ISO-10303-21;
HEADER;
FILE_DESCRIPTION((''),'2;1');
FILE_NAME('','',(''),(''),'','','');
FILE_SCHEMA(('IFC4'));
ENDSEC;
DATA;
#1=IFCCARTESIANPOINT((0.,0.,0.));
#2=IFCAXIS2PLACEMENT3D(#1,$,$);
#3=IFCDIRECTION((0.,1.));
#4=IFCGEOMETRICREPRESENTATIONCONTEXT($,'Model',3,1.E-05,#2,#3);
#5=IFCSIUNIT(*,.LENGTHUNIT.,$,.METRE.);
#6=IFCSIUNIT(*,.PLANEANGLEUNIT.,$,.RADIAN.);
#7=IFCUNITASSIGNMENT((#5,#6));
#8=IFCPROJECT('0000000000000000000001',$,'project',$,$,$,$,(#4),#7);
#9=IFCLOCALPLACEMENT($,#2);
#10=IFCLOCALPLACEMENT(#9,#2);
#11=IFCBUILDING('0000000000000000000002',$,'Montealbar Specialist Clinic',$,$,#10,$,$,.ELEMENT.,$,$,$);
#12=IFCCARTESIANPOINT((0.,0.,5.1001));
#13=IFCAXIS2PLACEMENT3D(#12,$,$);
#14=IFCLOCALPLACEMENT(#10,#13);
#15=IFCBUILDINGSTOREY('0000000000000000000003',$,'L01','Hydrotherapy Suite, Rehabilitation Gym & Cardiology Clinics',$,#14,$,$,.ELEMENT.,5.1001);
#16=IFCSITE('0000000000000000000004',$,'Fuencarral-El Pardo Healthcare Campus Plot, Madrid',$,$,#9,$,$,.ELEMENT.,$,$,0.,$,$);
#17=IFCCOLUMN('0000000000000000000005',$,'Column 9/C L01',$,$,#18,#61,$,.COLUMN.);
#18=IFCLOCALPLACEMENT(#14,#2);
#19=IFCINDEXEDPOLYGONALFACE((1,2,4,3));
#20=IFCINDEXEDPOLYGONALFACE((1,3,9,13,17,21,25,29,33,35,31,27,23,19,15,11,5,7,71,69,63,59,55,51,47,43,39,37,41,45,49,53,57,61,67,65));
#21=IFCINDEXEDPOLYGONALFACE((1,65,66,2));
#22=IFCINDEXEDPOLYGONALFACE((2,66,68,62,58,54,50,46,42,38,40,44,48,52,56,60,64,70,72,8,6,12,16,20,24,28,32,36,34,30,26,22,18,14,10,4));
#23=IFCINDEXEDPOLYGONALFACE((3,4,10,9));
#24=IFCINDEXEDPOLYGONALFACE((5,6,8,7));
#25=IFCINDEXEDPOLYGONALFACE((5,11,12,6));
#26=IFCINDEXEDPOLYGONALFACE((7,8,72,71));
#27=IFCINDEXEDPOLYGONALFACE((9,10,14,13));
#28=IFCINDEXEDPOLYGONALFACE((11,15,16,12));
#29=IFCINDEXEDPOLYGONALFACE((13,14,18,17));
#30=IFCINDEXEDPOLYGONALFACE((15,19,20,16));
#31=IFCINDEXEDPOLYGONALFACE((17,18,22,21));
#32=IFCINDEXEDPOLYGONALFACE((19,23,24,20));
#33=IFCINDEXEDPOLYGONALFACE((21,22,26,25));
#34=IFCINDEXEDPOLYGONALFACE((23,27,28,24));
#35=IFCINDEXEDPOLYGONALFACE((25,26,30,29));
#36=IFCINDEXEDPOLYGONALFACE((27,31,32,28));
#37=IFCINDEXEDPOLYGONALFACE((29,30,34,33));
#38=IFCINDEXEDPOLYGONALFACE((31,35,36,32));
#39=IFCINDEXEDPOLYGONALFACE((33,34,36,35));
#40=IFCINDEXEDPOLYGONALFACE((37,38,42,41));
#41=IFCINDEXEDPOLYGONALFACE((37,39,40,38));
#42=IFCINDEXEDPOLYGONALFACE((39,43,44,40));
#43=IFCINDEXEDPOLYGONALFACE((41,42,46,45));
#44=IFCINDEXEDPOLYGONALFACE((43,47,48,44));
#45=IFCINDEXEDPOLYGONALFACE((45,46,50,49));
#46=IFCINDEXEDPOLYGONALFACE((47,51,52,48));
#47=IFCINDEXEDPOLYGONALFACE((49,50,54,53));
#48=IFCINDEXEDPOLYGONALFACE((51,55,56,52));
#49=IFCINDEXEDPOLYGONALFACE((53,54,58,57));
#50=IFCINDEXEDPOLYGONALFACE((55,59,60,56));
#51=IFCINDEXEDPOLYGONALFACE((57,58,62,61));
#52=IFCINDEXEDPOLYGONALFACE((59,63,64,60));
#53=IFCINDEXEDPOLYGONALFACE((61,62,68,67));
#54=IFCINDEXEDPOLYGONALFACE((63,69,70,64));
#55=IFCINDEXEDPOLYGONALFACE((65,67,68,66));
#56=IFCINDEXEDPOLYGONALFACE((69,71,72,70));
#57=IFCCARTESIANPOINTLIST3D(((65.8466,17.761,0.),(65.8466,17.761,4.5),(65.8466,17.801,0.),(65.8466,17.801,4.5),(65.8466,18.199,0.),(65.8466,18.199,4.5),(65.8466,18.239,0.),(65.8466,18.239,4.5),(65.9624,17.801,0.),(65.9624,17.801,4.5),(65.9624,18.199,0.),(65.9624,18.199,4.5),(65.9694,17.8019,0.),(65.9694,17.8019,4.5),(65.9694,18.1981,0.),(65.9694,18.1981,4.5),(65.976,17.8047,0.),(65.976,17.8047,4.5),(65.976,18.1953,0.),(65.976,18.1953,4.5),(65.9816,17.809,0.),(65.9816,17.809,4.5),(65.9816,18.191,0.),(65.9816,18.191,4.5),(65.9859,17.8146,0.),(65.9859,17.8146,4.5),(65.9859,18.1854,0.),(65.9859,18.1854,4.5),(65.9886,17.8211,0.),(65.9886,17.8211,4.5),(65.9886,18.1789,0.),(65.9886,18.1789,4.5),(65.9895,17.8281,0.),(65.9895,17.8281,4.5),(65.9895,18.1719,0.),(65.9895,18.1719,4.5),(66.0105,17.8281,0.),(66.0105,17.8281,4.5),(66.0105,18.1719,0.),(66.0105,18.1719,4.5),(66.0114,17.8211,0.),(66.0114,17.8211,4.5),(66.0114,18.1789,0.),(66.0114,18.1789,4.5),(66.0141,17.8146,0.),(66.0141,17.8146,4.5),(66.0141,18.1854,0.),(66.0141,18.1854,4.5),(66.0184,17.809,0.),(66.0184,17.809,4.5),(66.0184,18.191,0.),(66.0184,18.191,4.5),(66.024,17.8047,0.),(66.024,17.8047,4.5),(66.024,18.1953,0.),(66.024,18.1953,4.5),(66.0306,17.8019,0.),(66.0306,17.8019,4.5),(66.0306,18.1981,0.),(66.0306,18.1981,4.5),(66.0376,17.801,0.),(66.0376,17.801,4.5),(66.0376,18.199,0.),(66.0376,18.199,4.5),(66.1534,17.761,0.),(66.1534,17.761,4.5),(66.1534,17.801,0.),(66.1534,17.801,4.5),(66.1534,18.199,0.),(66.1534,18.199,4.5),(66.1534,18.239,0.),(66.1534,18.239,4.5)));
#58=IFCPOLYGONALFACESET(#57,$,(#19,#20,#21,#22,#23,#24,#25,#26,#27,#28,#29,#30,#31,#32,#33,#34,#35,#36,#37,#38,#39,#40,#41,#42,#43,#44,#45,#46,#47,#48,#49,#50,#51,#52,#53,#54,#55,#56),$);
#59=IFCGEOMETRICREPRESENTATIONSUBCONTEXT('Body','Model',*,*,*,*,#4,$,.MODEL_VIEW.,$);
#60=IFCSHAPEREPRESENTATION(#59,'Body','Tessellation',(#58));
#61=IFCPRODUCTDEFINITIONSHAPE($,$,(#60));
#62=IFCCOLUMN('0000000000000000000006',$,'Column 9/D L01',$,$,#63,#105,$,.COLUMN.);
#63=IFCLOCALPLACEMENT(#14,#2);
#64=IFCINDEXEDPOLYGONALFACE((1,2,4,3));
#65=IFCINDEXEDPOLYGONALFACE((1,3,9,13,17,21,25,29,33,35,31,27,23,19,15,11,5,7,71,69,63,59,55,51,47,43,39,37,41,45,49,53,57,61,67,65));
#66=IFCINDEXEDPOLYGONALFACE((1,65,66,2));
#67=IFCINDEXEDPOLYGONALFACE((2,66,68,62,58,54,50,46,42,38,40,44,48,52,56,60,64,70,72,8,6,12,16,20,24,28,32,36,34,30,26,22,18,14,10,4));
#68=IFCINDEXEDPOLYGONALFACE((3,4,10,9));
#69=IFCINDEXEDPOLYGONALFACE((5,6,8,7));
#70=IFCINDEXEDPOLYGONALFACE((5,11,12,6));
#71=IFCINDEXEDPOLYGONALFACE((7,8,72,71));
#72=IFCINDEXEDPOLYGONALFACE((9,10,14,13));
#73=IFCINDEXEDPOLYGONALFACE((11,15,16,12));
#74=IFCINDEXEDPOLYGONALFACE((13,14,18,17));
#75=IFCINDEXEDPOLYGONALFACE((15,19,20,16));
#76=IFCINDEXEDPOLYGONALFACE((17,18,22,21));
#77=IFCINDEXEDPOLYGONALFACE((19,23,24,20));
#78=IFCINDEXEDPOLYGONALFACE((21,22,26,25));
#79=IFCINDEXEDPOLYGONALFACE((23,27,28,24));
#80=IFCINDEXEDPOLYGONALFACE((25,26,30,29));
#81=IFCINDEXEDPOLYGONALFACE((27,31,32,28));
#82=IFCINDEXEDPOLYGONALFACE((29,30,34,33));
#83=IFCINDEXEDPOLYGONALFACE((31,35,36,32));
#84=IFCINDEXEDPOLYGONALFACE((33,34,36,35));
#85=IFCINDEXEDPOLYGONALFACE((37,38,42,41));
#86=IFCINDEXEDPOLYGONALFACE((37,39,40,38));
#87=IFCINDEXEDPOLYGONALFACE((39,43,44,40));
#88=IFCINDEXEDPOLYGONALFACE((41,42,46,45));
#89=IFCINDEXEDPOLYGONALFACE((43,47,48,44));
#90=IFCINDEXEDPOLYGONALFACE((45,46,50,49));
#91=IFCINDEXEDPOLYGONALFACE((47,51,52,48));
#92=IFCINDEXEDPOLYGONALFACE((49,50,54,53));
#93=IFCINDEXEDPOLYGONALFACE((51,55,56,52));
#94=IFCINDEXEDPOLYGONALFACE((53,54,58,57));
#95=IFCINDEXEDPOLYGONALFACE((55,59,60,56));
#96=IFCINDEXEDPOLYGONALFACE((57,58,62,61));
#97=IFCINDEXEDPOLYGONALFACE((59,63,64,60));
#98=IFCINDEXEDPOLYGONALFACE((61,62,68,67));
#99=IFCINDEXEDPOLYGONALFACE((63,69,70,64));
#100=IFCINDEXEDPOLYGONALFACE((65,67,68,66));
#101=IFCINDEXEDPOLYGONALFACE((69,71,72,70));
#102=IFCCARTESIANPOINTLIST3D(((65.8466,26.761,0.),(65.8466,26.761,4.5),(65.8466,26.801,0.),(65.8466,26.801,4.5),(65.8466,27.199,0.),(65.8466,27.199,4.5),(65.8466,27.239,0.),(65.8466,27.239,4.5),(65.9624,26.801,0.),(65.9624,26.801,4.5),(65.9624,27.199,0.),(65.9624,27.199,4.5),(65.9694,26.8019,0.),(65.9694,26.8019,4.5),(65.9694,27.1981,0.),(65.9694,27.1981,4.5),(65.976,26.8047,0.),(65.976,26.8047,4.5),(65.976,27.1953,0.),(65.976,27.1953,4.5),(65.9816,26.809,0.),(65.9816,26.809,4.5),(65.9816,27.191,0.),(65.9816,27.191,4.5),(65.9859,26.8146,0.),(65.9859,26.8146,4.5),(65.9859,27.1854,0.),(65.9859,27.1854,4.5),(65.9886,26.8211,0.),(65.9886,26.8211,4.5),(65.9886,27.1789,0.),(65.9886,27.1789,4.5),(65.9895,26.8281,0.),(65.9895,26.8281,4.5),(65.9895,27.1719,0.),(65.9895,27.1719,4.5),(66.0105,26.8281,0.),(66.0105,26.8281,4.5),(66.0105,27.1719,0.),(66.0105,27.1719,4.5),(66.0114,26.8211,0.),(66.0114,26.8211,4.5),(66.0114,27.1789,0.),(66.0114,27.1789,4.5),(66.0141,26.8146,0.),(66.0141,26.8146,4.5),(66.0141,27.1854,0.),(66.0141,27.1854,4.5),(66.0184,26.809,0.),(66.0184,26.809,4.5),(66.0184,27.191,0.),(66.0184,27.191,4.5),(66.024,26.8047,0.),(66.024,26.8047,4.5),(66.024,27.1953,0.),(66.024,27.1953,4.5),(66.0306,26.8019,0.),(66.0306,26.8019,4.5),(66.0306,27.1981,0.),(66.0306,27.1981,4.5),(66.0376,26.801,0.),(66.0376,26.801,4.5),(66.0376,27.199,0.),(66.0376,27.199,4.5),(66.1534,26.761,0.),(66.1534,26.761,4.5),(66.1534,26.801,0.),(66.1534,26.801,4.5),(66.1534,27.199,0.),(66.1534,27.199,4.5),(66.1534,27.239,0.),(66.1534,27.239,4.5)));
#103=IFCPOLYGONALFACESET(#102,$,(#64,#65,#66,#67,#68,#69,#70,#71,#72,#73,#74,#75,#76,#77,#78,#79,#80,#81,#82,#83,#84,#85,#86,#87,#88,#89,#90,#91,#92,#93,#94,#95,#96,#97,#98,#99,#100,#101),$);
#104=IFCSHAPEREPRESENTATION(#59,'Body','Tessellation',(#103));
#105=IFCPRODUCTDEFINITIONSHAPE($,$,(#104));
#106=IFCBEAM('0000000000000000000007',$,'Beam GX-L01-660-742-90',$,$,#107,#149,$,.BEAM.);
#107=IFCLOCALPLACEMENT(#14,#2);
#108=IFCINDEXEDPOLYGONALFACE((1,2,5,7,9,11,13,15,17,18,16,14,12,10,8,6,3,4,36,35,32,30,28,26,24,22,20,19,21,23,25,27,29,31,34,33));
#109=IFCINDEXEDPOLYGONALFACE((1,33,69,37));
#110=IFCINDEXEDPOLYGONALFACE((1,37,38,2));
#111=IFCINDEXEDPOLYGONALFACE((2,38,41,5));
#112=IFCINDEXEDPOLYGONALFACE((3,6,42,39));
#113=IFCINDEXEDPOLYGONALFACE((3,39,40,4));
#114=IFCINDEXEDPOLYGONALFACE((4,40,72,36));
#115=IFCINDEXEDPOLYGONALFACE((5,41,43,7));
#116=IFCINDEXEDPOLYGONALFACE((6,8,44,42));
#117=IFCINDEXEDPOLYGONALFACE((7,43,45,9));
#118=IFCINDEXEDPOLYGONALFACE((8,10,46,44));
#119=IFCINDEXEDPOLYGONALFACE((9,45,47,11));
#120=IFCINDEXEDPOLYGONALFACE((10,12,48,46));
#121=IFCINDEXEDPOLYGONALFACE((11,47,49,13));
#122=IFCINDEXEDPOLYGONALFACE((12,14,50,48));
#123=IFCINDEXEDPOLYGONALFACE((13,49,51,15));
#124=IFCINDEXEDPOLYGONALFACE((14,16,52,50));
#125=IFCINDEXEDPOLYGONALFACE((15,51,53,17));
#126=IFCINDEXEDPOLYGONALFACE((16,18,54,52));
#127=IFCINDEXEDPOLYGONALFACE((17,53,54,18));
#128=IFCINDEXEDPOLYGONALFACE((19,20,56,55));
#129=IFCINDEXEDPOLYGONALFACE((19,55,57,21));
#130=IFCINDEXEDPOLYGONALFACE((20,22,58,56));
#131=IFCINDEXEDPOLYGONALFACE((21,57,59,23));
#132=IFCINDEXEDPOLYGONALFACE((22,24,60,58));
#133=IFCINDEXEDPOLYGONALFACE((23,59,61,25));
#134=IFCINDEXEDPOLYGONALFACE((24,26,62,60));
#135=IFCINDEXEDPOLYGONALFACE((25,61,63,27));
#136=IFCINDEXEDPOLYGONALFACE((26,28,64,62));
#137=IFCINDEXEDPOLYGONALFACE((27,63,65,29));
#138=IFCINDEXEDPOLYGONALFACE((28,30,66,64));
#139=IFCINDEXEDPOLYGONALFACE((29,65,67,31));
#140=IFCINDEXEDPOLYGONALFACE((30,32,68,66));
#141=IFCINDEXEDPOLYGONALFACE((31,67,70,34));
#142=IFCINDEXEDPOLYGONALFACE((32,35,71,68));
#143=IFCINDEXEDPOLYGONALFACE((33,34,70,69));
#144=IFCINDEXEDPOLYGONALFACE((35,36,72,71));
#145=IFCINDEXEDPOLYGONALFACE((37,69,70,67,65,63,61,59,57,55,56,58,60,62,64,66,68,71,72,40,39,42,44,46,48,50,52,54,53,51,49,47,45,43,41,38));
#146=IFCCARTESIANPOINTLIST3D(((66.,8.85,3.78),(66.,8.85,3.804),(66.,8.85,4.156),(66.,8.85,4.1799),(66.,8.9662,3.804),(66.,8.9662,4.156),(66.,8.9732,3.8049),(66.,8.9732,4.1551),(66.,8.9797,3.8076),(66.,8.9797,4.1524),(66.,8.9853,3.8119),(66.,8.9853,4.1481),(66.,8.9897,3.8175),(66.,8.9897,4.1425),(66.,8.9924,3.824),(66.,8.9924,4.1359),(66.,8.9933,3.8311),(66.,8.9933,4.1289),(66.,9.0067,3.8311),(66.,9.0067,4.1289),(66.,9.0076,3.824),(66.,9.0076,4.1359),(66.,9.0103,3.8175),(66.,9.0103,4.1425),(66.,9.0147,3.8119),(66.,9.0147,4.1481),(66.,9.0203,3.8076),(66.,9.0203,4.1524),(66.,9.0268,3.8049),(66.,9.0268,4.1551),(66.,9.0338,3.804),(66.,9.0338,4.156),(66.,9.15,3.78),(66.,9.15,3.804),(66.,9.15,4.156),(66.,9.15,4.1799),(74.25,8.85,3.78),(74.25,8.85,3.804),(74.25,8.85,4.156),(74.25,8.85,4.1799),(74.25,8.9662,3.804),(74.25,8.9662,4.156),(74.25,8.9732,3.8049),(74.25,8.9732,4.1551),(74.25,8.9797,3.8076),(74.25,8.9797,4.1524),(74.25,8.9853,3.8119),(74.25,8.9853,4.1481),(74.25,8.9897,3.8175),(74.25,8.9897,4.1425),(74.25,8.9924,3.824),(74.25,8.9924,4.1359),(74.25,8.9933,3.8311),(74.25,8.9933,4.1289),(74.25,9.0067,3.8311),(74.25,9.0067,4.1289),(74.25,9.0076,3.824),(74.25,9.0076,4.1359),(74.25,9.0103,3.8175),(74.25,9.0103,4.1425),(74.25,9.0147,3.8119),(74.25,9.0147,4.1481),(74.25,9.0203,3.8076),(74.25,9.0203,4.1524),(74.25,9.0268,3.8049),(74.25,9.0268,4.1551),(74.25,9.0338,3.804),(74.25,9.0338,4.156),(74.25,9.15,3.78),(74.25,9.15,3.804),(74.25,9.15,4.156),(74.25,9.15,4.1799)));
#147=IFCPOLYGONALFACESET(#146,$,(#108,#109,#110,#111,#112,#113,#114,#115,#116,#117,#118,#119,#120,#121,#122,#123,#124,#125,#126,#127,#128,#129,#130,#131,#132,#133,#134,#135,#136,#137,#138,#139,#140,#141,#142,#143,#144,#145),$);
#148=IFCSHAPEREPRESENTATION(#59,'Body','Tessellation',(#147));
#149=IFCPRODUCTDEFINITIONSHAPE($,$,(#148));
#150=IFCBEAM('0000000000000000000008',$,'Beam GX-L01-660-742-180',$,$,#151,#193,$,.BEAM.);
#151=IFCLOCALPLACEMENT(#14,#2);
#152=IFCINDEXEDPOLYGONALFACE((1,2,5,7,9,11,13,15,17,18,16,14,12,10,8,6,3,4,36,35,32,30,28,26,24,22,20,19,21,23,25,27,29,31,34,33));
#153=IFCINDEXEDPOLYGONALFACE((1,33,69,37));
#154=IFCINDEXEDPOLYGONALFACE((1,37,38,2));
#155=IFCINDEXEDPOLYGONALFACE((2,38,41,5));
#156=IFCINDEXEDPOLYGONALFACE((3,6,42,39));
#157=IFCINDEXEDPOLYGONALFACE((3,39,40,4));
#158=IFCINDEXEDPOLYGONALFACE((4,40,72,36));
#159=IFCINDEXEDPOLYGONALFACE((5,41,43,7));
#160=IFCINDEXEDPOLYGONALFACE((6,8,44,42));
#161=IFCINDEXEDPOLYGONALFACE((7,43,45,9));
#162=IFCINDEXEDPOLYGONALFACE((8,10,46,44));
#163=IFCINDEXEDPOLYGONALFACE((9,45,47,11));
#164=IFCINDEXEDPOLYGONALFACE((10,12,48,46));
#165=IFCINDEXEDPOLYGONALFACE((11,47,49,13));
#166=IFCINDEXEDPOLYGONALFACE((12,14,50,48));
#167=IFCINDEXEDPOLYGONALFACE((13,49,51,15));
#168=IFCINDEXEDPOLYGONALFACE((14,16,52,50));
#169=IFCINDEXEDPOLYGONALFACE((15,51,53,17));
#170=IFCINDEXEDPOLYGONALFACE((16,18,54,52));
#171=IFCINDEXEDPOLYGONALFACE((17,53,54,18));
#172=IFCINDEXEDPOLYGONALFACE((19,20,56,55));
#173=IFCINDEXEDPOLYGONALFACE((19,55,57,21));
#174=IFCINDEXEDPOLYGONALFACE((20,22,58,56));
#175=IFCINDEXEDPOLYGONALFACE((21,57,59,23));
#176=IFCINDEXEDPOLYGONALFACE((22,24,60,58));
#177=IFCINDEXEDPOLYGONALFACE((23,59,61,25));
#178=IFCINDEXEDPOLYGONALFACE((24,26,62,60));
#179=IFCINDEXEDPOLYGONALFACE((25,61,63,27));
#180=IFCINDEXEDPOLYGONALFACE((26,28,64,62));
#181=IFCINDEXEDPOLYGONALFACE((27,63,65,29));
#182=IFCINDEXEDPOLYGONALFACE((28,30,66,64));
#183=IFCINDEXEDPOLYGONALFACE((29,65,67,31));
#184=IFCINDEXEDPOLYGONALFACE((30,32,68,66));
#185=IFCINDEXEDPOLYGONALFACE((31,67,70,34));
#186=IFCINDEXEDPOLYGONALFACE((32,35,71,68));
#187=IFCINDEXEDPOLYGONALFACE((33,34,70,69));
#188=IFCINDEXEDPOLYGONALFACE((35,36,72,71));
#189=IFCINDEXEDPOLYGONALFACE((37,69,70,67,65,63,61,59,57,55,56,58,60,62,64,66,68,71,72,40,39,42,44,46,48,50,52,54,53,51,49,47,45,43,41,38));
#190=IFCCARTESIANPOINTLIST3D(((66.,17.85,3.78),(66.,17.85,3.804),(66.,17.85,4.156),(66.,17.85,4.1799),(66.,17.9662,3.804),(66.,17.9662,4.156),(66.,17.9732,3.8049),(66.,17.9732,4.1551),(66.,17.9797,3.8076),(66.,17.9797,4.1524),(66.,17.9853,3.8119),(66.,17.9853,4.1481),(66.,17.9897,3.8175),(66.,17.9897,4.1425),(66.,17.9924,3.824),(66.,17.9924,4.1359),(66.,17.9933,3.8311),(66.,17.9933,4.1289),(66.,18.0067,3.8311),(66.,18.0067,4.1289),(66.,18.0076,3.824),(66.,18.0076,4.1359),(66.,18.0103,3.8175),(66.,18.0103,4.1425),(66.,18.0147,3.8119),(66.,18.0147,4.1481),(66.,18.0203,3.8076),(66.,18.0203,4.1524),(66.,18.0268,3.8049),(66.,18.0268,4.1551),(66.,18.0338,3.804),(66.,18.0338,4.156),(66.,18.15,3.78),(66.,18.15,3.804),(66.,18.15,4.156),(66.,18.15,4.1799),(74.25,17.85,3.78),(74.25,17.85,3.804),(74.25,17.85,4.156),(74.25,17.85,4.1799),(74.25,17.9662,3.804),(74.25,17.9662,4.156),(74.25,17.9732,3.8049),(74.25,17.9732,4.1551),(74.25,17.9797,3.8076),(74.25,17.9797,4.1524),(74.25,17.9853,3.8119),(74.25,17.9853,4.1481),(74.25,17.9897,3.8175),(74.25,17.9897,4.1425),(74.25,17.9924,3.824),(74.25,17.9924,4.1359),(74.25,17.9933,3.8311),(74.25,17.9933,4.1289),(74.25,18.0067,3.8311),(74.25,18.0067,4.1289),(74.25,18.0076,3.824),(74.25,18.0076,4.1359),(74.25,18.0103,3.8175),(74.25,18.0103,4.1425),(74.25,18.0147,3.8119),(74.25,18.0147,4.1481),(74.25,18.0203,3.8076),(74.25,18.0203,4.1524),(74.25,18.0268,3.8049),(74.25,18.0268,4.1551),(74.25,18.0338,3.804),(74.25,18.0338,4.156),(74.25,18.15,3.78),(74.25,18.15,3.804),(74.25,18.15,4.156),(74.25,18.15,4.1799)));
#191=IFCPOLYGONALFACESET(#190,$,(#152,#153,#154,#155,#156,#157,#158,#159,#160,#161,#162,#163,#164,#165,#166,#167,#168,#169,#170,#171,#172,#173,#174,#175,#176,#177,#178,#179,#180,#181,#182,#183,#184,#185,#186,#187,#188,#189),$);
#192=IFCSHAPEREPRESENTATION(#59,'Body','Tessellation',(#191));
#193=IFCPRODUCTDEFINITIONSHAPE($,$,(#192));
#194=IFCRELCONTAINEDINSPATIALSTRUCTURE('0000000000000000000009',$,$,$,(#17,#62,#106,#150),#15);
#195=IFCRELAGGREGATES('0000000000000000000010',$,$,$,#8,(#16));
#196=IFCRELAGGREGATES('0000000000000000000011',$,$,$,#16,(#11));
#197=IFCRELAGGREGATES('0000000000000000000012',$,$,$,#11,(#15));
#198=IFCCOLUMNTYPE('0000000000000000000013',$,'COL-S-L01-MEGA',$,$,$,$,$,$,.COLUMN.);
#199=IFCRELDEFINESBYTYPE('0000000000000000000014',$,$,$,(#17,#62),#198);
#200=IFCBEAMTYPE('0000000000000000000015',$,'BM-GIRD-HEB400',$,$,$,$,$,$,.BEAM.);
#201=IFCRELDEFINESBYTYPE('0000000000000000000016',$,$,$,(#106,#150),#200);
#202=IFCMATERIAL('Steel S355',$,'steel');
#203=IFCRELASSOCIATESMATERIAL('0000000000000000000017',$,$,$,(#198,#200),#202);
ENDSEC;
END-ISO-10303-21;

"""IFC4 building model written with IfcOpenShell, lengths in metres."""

from ifc_helpers import new_model, si_unit, direction, frame, origin, origin_2d, place, context, subcontext, project, spatial, i_section, extrude, material, material_profile, profile_set, type_object, element, save


model = new_model("IFC4")

# Units and contexts
model_context = context("Model", 3, precision=1e-05, world=origin(), true_north=direction((0.0, 1.0)))
body_context = subcontext(model_context, "Body", "Model", "MODEL_VIEW")
ifc_project = project(units=[si_unit("LENGTHUNIT", "METRE"), si_unit("PLANEANGLEUNIT", "RADIAN")], contexts=[model_context])

# Site, building, storey
site_placement = place(None, origin())
site = spatial("IfcSite", under=ifc_project, at=site_placement, Name="Fuencarral-El Pardo Healthcare Campus Plot, Madrid", CompositionType="ELEMENT", RefElevation=0.0)
building_placement = place(site_placement, origin())
building = spatial("IfcBuilding", under=site, at=building_placement, Name="Montealbar Specialist Clinic", CompositionType="ELEMENT")
storey_placement = place(building_placement, frame((0.0, 0.0, 5.1001)))
storey = spatial("IfcBuildingStorey", under=building, at=storey_placement, Name="L01", Description="Hydrotherapy Suite, Rehabilitation Gym & Cardiology Clinics", CompositionType="ELEMENT", Elevation=5.1001)

# Columns
ifc_material_1 = material(Name="Steel S355", Category="steel")
ifc_material_profile_1 = material_profile(ifc_material_1, i_section(OverallWidth=0.3069, OverallDepth=0.478, WebThickness=0.021, FlangeThickness=0.04, FilletRadius=0.0271, at=origin_2d()), Name="HEM 450", Category="steel")
ifc_profile_set_1 = profile_set([ifc_material_profile_1], Name="Steel S355")
column_type = type_object("IfcColumnType", Name="COL-S-L01-MEGA", PredefinedType="COLUMN", material=ifc_profile_set_1)
for number, where, z_axis, x_axis, name in (
    (1, (66.0, 18.0, 0.0), (0.0, 0.0, 1.0), (1.0, 0.0, 0.0), "Column 9/C L01"),
    (2, (66.0, 27.0, 0.0), (0.0, 0.0, 1.0), (1.0, 0.0, 0.0), "Column 9/D L01"),
):
    element("IfcColumn", number, at=place(storey_placement, frame(where, z_axis=z_axis, x_axis=x_axis)), inside=storey, type_object=column_type, Name=name, PredefinedType="COLUMN", context=body_context, shape_type="SweptSolid", body=[
        extrude(i_section(OverallWidth=0.3069, OverallDepth=0.478, WebThickness=0.021, FlangeThickness=0.04, FilletRadius=0.0271, at=origin_2d()), origin(), (0.0, 0.0, 1.0), 4.5),
    ])

# Beams
ifc_material_profile_2 = material_profile(ifc_material_1, i_section(OverallWidth=0.3, OverallDepth=0.3999, WebThickness=0.0134, FlangeThickness=0.0239, FilletRadius=0.0271, at=origin_2d()), Name="HEB 400", Category="steel")
ifc_profile_set_2 = profile_set([ifc_material_profile_2], Name="Steel S355")
beam_type_1 = type_object("IfcBeamType", Name="BM-GIRD-HEB400", PredefinedType="BEAM", material=ifc_profile_set_2)
for number, where, z_axis, x_axis, name in (
    (3, (66.0, 9.0, 3.98), (1.0, 0.0, 0.0), (0.0, 1.0, 0.0), "Beam GX-L01-660-742-90"),
    (4, (66.0, 18.0, 3.98), (1.0, 0.0, 0.0), (0.0, 1.0, 0.0), "Beam GX-L01-660-742-180"),
):
    element("IfcBeam", number, at=place(storey_placement, frame(where, z_axis=z_axis, x_axis=x_axis)), inside=storey, type_object=beam_type_1, Name=name, PredefinedType="BEAM", context=body_context, shape_type="SweptSolid", body=[
        extrude(i_section(OverallWidth=0.3, OverallDepth=0.3999, WebThickness=0.0134, FlangeThickness=0.0239, FilletRadius=0.0271, at=origin_2d()), origin(), (0.0, 0.0, 1.0), 8.25),
    ])

save(model, "model.ifc")
